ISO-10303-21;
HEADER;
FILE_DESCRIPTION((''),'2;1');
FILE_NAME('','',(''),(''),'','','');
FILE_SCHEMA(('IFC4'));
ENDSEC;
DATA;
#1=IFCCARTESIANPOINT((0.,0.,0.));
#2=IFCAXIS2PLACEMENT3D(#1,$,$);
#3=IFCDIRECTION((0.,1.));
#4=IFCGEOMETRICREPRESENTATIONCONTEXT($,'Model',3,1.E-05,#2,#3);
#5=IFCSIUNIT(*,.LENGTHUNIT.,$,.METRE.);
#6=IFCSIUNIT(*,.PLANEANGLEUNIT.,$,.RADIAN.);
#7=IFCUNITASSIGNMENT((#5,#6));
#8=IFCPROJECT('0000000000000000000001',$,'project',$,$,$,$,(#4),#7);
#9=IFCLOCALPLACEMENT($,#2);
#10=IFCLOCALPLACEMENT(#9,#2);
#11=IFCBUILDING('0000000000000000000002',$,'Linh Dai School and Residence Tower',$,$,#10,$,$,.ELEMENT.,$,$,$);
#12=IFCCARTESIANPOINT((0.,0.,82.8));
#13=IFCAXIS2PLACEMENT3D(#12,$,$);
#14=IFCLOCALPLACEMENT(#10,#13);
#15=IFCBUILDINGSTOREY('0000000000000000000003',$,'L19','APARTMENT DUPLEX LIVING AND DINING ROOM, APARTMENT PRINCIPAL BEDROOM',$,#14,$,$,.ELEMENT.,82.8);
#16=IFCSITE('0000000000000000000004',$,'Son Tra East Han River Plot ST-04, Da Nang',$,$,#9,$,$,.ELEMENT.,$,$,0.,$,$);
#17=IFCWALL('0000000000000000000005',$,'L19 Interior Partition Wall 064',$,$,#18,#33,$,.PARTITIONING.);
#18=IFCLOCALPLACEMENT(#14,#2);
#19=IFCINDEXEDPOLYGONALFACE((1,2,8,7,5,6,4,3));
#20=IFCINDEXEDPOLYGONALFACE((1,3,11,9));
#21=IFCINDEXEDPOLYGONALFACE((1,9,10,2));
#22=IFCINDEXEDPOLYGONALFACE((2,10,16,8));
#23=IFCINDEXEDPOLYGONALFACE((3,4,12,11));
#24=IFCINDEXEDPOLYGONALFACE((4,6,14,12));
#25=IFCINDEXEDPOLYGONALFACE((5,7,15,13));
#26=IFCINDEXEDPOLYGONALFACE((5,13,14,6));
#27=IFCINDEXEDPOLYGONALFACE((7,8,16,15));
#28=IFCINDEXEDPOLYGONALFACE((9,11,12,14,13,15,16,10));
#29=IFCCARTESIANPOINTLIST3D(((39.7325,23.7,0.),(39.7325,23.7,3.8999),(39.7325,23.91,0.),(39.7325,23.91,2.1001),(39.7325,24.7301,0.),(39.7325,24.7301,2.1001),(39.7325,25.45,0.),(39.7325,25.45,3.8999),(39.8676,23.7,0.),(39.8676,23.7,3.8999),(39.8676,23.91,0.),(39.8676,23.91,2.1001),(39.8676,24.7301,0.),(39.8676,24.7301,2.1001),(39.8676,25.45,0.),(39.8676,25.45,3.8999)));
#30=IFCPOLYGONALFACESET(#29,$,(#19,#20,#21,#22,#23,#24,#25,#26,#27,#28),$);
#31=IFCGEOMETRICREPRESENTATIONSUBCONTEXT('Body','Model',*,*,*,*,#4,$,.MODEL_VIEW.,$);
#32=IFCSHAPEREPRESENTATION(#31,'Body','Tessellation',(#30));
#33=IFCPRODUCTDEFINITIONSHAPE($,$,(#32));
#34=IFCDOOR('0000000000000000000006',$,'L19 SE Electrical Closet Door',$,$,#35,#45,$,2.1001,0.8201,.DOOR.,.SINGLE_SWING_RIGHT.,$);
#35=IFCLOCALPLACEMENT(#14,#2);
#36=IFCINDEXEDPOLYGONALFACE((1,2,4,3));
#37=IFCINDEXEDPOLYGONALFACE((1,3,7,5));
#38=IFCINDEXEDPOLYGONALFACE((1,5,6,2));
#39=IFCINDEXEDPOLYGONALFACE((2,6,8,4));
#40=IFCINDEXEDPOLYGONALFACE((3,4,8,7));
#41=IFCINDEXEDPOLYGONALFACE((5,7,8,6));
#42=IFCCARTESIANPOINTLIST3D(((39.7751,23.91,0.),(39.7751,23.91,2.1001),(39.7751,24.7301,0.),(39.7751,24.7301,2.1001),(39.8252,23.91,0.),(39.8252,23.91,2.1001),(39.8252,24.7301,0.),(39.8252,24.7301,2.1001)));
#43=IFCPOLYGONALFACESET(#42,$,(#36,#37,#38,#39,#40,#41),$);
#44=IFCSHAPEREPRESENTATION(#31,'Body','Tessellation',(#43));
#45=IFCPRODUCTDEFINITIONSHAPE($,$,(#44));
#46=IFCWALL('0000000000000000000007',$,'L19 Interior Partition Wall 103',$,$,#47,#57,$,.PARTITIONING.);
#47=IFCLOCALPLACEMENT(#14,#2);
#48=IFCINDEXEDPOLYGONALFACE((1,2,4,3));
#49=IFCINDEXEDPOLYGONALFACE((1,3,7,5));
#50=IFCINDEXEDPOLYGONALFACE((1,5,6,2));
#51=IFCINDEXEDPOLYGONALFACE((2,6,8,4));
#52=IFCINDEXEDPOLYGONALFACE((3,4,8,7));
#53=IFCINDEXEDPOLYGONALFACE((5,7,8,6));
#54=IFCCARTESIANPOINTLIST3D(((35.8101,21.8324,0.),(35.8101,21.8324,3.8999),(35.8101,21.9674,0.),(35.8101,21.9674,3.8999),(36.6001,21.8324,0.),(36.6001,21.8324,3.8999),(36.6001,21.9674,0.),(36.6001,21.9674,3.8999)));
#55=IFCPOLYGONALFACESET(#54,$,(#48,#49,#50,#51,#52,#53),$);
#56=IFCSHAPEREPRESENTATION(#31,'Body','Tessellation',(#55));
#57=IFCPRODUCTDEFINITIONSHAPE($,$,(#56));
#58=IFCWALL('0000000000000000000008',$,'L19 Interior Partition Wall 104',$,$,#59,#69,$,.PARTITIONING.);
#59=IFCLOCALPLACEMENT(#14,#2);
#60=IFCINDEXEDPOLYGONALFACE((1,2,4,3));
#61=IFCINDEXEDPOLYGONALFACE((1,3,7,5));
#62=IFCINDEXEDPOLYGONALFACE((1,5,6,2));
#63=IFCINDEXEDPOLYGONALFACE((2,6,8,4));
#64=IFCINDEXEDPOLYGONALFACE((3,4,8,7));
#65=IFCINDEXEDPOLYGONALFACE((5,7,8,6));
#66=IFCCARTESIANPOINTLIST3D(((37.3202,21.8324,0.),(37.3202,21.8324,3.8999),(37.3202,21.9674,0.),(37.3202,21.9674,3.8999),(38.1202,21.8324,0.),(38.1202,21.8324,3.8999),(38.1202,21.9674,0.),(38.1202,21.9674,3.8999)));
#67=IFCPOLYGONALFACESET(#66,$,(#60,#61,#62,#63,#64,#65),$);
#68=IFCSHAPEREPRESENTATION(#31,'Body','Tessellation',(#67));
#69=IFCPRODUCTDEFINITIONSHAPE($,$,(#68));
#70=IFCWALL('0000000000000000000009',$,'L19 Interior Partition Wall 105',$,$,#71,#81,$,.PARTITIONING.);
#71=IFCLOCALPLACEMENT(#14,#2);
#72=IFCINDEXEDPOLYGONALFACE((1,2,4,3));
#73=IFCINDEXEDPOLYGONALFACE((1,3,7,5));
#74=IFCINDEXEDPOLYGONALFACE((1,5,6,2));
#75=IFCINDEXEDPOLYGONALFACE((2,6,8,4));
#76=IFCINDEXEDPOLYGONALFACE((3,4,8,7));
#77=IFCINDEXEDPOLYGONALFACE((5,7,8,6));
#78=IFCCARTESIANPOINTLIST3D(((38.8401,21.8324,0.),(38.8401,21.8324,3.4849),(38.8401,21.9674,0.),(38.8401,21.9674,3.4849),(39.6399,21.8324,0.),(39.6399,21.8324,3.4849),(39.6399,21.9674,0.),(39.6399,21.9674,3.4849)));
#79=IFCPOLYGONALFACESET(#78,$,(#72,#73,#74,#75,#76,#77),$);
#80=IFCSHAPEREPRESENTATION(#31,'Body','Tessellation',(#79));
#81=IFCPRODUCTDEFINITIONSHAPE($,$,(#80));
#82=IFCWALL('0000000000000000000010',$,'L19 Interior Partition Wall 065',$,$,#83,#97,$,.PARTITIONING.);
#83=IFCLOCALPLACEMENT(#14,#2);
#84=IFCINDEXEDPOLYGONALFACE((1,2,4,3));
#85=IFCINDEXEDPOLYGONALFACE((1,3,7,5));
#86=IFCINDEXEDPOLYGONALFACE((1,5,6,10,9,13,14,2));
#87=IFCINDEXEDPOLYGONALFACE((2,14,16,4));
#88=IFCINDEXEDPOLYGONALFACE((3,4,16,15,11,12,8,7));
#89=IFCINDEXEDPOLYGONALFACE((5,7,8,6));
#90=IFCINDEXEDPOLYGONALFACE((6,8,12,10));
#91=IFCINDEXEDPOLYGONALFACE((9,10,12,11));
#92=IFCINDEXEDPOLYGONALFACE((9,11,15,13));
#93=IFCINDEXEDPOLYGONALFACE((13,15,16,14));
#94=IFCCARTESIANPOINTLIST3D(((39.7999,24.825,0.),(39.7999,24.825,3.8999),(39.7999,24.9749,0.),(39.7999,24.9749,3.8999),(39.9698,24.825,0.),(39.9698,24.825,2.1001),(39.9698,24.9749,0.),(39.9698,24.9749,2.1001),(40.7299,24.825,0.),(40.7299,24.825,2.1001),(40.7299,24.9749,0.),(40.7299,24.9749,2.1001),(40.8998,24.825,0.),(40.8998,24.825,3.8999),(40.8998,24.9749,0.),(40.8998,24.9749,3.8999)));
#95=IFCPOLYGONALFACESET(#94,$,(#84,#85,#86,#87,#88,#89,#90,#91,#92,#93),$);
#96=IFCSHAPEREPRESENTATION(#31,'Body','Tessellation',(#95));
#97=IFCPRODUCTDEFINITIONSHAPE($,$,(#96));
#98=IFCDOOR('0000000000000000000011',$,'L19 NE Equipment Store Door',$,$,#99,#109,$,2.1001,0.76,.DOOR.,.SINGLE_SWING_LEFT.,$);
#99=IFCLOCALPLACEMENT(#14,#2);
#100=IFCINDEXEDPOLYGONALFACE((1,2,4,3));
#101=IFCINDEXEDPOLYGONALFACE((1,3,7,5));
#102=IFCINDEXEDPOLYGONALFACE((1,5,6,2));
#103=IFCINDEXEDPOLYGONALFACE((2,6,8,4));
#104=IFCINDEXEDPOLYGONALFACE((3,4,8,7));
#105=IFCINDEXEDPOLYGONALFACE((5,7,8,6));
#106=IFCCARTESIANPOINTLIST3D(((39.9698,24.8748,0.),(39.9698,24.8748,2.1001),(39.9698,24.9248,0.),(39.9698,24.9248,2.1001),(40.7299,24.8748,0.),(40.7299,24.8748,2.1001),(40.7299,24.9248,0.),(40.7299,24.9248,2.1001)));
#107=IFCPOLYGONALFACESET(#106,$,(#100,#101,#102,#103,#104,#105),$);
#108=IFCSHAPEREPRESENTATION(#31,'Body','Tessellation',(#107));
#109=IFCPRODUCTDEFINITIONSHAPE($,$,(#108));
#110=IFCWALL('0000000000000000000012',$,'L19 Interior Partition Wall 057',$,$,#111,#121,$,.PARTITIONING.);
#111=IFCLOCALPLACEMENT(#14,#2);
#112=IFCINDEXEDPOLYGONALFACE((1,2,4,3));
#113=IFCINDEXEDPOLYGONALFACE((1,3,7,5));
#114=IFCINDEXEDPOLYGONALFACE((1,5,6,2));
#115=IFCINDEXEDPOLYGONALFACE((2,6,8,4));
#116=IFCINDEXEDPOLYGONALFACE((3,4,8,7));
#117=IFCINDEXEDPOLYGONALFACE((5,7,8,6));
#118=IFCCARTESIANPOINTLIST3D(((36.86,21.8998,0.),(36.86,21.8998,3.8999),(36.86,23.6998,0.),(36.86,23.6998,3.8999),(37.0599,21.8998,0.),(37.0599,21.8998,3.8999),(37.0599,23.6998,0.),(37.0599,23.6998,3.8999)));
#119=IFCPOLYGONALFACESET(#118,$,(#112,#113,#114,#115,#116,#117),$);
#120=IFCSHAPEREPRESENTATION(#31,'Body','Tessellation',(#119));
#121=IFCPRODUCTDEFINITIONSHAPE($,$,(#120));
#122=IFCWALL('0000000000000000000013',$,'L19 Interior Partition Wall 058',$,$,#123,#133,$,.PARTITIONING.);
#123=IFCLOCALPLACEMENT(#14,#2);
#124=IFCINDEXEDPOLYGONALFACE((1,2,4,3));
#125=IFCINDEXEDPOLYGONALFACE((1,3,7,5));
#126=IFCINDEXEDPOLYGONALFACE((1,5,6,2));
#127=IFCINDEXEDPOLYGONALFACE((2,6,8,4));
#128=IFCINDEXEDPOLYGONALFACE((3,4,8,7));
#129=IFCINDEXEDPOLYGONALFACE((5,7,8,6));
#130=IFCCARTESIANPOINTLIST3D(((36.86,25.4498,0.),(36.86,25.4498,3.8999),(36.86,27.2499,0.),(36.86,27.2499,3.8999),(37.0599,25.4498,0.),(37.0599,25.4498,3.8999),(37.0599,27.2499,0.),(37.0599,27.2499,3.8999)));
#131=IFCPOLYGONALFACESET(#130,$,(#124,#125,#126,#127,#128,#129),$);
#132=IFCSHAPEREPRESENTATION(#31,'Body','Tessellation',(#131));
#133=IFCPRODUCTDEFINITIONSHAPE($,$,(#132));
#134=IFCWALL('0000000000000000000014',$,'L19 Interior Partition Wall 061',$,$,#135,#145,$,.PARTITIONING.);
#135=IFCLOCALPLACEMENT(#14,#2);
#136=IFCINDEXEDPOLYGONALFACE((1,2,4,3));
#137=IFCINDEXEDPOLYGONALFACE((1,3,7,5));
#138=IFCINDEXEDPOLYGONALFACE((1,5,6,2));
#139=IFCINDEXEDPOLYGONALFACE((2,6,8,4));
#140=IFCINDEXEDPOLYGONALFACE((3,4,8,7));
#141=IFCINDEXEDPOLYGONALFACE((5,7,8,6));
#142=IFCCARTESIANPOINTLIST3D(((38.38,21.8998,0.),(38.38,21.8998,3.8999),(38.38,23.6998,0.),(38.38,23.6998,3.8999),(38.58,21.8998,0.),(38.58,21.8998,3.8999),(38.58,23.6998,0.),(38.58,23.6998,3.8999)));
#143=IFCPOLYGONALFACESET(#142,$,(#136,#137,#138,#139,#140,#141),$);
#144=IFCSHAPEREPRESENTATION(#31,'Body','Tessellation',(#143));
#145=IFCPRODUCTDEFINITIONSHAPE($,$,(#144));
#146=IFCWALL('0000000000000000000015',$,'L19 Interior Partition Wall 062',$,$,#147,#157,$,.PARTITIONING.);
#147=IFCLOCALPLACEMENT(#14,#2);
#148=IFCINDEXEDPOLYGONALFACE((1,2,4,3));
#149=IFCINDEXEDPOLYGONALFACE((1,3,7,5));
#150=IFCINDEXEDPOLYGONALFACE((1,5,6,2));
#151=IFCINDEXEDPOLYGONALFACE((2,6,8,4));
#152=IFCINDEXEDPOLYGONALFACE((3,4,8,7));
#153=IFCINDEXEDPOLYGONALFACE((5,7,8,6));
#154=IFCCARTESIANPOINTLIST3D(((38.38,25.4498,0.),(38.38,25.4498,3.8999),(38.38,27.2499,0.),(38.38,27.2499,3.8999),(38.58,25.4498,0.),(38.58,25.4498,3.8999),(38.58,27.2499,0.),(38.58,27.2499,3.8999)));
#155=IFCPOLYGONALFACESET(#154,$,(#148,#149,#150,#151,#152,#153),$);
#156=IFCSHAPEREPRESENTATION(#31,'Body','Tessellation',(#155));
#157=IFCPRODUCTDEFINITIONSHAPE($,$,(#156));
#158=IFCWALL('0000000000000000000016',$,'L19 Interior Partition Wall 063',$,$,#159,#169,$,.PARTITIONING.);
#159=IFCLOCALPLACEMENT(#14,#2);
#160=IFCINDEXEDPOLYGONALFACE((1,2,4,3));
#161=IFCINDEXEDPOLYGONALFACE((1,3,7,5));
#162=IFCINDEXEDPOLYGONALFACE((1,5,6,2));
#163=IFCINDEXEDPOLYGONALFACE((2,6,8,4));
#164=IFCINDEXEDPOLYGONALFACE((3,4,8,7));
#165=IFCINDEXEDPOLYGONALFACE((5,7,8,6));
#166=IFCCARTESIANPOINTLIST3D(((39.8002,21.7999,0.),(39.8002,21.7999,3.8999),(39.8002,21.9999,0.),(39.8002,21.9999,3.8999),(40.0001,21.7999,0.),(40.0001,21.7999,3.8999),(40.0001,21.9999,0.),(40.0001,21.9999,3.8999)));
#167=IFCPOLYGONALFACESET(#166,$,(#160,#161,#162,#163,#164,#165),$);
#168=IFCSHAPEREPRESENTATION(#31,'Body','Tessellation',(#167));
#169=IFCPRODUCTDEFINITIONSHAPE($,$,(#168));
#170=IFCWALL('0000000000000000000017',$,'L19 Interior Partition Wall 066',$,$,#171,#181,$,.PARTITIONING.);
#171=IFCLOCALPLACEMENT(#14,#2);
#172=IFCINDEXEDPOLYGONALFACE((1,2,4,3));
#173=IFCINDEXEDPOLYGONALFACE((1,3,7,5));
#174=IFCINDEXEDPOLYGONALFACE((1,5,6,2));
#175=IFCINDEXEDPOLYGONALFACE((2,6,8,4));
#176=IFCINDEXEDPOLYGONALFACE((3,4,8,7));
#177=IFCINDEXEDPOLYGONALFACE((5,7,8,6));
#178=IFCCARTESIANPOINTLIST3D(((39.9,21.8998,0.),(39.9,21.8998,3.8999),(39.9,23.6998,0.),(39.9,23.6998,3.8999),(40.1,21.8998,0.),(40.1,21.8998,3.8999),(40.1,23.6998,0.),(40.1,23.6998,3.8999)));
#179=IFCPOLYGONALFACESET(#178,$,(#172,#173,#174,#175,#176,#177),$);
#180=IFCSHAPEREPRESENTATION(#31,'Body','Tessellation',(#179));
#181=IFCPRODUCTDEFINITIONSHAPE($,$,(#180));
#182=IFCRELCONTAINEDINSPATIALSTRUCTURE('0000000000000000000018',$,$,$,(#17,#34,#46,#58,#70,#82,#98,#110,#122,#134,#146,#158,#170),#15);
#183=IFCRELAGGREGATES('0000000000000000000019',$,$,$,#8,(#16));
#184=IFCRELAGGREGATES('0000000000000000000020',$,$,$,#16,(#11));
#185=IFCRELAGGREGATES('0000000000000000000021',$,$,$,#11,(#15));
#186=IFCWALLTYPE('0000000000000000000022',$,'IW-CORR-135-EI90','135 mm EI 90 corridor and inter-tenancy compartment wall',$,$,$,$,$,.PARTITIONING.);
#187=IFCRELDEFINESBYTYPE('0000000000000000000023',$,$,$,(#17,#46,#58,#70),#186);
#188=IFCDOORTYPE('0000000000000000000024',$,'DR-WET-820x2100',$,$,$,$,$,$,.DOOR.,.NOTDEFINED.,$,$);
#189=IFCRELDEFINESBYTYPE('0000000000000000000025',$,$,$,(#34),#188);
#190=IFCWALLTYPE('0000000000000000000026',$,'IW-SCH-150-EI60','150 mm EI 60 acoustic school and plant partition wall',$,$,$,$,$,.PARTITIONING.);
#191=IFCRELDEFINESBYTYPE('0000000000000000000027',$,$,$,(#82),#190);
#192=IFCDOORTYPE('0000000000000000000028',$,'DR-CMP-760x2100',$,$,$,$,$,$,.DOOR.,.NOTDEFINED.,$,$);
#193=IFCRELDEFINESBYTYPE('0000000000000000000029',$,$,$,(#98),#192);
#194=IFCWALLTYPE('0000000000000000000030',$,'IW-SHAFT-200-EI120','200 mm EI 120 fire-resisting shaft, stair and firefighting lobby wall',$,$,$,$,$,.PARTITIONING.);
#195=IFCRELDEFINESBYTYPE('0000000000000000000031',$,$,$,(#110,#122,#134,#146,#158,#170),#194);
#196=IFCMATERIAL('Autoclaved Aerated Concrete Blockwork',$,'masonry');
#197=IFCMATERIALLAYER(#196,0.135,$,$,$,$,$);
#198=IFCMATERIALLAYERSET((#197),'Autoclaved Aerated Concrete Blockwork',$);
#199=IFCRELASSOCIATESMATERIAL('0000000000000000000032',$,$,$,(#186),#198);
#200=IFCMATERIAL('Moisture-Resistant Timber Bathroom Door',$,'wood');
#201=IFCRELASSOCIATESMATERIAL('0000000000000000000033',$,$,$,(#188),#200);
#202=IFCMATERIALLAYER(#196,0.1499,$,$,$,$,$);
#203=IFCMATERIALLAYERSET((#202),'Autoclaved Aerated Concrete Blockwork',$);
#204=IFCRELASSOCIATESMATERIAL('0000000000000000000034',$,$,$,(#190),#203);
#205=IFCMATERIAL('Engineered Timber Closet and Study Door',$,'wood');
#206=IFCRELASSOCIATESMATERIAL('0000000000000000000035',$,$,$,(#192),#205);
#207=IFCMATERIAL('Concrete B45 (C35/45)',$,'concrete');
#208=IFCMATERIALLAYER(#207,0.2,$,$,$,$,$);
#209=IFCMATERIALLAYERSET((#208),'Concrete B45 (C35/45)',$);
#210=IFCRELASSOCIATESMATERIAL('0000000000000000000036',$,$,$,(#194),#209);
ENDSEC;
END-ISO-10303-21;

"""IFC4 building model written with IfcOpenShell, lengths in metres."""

from ifc_helpers import new_model, si_unit, direction, frame, frame_2d, origin, origin_2d, place, context, subcontext, project, spatial, rectangle, extrude, source, transform, mapped, material, layer, layer_set, type_object, element, fill, save


model = new_model("IFC4")

# Units and contexts
model_context = context("Model", 3, precision=1e-05, world=origin(), true_north=direction((0.0, 1.0)))
body_context = subcontext(model_context, "Body", "Model", "MODEL_VIEW")
ifc_project = project(units=[si_unit("LENGTHUNIT", "METRE"), si_unit("PLANEANGLEUNIT", "RADIAN")], contexts=[model_context])

# Site, building, storey
site_placement = place(None, origin())
site = spatial("IfcSite", under=ifc_project, at=site_placement, Name="Son Tra East Han River Plot ST-04, Da Nang", CompositionType="ELEMENT", RefElevation=0.0)
building_placement = place(site_placement, origin())
building = spatial("IfcBuilding", under=site, at=building_placement, Name="Linh Dai School and Residence Tower", CompositionType="ELEMENT")
storey_placement = place(building_placement, frame((0.0, 0.0, 82.8)))
storey = spatial("IfcBuildingStorey", under=building, at=storey_placement, Name="L19", Description="APARTMENT DUPLEX LIVING AND DINING ROOM, APARTMENT PRINCIPAL BEDROOM", CompositionType="ELEMENT", Elevation=82.8)

# Wall, opening, door
ifc_material_1 = material(Name="Autoclaved Aerated Concrete Blockwork", Category="masonry")
ifc_layer_1 = layer(ifc_material_1, 0.135)
ifc_layer_set_1 = layer_set([ifc_layer_1], Name="Autoclaved Aerated Concrete Blockwork")
wall_type_1 = type_object("IfcWallType", Name="IW-CORR-135-EI90", Description="135 mm EI 90 corridor and inter-tenancy compartment wall", PredefinedType="PARTITIONING", material=ifc_layer_set_1)
wall_1_placement = place(storey_placement, frame((39.8, 23.7, 0.0), z_axis=(0.0, 0.0, 1.0), x_axis=(0.0, 1.0, 0.0)))
wall_1 = element("IfcWall", 1, at=wall_1_placement, inside=storey, type_object=wall_type_1, Name="L19 Interior Partition Wall 064", PredefinedType="PARTITIONING", context=body_context, shape_type="SweptSolid", body=[
    extrude(rectangle(XDim=1.75, YDim=0.135, at=frame_2d((0.875, 0.0))), origin(), (0.0, 0.0, 1.0), 3.8999),
])
opening_1_placement = place(wall_1_placement, frame((0.21, 0.0, 0.0)))
opening_1 = element("IfcOpeningElement", 2, at=opening_1_placement, cuts=wall_1, PredefinedType="OPENING", context=body_context, shape_type="SweptSolid", body=[
    extrude(rectangle(XDim=0.8201, YDim=2.1001, at=origin_2d()), frame((0.4102, 0.0776, 1.05), z_axis=(0.0, -1.0, 0.0), x_axis=(1.0, 0.0, 0.0)), (0.0, 0.0, 1.0), 0.155),
])
ifc_material_2 = material(Name="Moisture-Resistant Timber Bathroom Door", Category="wood")
door_type_1 = type_object("IfcDoorType", Name="DR-WET-820x2100", OperationType="NOTDEFINED", PredefinedType="DOOR", material=ifc_material_2)
shared_shape_1 = source(origin(), body_context, "Body", "SweptSolid", [
    extrude(rectangle(XDim=0.8201, YDim=2.1001, at=origin_2d()), frame((0.4102, 0.0249, 1.05), z_axis=(0.0, -1.0, 0.0), x_axis=(1.0, 0.0, 0.0)), (0.0, 0.0, 1.0), 0.05),
])
door_1_placement = place(opening_1_placement, origin())
door_1 = element("IfcDoor", 3, at=door_1_placement, inside=storey, type_object=door_type_1, Name="L19 SE Electrical Closet Door", OperationType="SINGLE_SWING_RIGHT", OverallHeight=2.1001, OverallWidth=0.8201, PredefinedType="DOOR", context=body_context, shape_type="MappedRepresentation", body=[
    mapped(shared_shape_1, transform((0.0, 0.0, 0.0), x_axis=(1.0, 0.0, 0.0), y_axis=(0.0, 1.0, 0.0), z_axis=(0.0, 0.0, 1.0), scale=1.0)),
])
fill(opening_1, door_1)

# Walls
wall_2_placement = place(storey_placement, frame((36.6001, 21.8999, 0.0), z_axis=(0.0, 0.0, 1.0), x_axis=(-1.0, 0.0, 0.0)))
element("IfcWall", 4, at=wall_2_placement, inside=storey, type_object=wall_type_1, Name="L19 Interior Partition Wall 103", PredefinedType="PARTITIONING", context=body_context, shape_type="SweptSolid", body=[
    extrude(rectangle(XDim=0.79, YDim=0.135, at=frame_2d((0.395, 0.0))), origin(), (0.0, 0.0, 1.0), 3.8999),
])
wall_3_placement = place(storey_placement, frame((38.1201, 21.8999, 0.0), z_axis=(0.0, 0.0, 1.0), x_axis=(-1.0, 0.0, 0.0)))
element("IfcWall", 5, at=wall_3_placement, inside=storey, type_object=wall_type_1, Name="L19 Interior Partition Wall 104", PredefinedType="PARTITIONING", context=body_context, shape_type="SweptSolid", body=[
    extrude(rectangle(XDim=0.8, YDim=0.135, at=frame_2d((0.3999, 0.0))), origin(), (0.0, 0.0, 1.0), 3.8999),
])
wall_4_placement = place(storey_placement, frame((39.6399, 21.8999, 0.0), z_axis=(0.0, 0.0, 1.0), x_axis=(-1.0, 0.0, 0.0)))
element("IfcWall", 6, at=wall_4_placement, inside=storey, type_object=wall_type_1, Name="L19 Interior Partition Wall 105", PredefinedType="PARTITIONING", context=body_context, shape_type="SweptSolid", body=[
    extrude(rectangle(XDim=0.7998, YDim=0.135, at=frame_2d((0.3999, 0.0))), origin(), (0.0, 0.0, 1.0), 3.4849),
])

# Wall, opening, door
ifc_layer_2 = layer(ifc_material_1, 0.1499)
ifc_layer_set_2 = layer_set([ifc_layer_2], Name="Autoclaved Aerated Concrete Blockwork")
wall_type_2 = type_object("IfcWallType", Name="IW-SCH-150-EI60", Description="150 mm EI 60 acoustic school and plant partition wall", PredefinedType="PARTITIONING", material=ifc_layer_set_2)
wall_5_placement = place(storey_placement, frame((39.8, 24.8999, 0.0), z_axis=(0.0, 0.0, 1.0), x_axis=(1.0, 0.0, 0.0)))
wall_5 = element("IfcWall", 7, at=wall_5_placement, inside=storey, type_object=wall_type_2, Name="L19 Interior Partition Wall 065", PredefinedType="PARTITIONING", context=body_context, shape_type="SweptSolid", body=[
    extrude(rectangle(XDim=1.0999, YDim=0.1499, at=frame_2d((0.5498, 0.0))), origin(), (0.0, 0.0, 1.0), 3.8999),
])
opening_2_placement = place(wall_5_placement, frame((0.1699, 0.0, 0.0)))
opening_2 = element("IfcOpeningElement", 8, at=opening_2_placement, cuts=wall_5, PredefinedType="OPENING", context=body_context, shape_type="SweptSolid", body=[
    extrude(rectangle(XDim=0.76, YDim=2.1001, at=origin_2d()), frame((0.3799, 0.085, 1.05), z_axis=(0.0, -1.0, 0.0), x_axis=(1.0, 0.0, 0.0)), (0.0, 0.0, 1.0), 0.1699),
])
ifc_material_3 = material(Name="Engineered Timber Closet and Study Door", Category="wood")
door_type_2 = type_object("IfcDoorType", Name="DR-CMP-760x2100", OperationType="NOTDEFINED", PredefinedType="DOOR", material=ifc_material_3)
shared_shape_2 = source(origin(), body_context, "Body", "SweptSolid", [
    extrude(rectangle(XDim=0.76, YDim=2.1001, at=origin_2d()), frame((0.3799, 0.0249, 1.05), z_axis=(0.0, -1.0, 0.0), x_axis=(1.0, 0.0, 0.0)), (0.0, 0.0, 1.0), 0.05),
])
door_2_placement = place(opening_2_placement, origin())
door_2 = element("IfcDoor", 9, at=door_2_placement, inside=storey, type_object=door_type_2, Name="L19 NE Equipment Store Door", OperationType="SINGLE_SWING_LEFT", OverallHeight=2.1001, OverallWidth=0.76, PredefinedType="DOOR", context=body_context, shape_type="MappedRepresentation", body=[
    mapped(shared_shape_2, transform((0.0, 0.0, 0.0), x_axis=(1.0, 0.0, 0.0), y_axis=(0.0, 1.0, 0.0), z_axis=(0.0, 0.0, 1.0), scale=1.0)),
])
fill(opening_2, door_2)

# Walls
ifc_material_4 = material(Name="Concrete B45 (C35/45)", Category="concrete")
ifc_layer_3 = layer(ifc_material_4, 0.2)
ifc_layer_set_3 = layer_set([ifc_layer_3], Name="Concrete B45 (C35/45)")
wall_type_3 = type_object("IfcWallType", Name="IW-SHAFT-200-EI120", Description="200 mm EI 120 fire-resisting shaft, stair and firefighting lobby wall", PredefinedType="PARTITIONING", material=ifc_layer_set_3)
for number, where, z_axis, x_axis, name in (
    (10, (36.96, 21.8999, 0.0), (0.0, 0.0, 1.0), (0.0, 1.0, 0.0), "L19 Interior Partition Wall 057"),
    (11, (36.96, 25.45, 0.0), (0.0, 0.0, 1.0), (0.0, 1.0, 0.0), "L19 Interior Partition Wall 058"),
    (12, (38.48, 21.8999, 0.0), (0.0, 0.0, 1.0), (0.0, 1.0, 0.0), "L19 Interior Partition Wall 061"),
    (13, (38.48, 25.45, 0.0), (0.0, 0.0, 1.0), (0.0, 1.0, 0.0), "L19 Interior Partition Wall 062"),
):
    element("IfcWall", number, at=place(storey_placement, frame(where, z_axis=z_axis, x_axis=x_axis)), inside=storey, type_object=wall_type_3, Name=name, PredefinedType="PARTITIONING", context=body_context, shape_type="SweptSolid", body=[
        extrude(rectangle(XDim=1.8, YDim=0.2, at=frame_2d((0.8999, 0.0))), origin(), (0.0, 0.0, 1.0), 3.8999),
    ])
wall_6_placement = place(storey_placement, frame((39.8, 21.8999, 0.0), z_axis=(0.0, 0.0, 1.0), x_axis=(1.0, 0.0, 0.0)))
element("IfcWall", 14, at=wall_6_placement, inside=storey, type_object=wall_type_3, Name="L19 Interior Partition Wall 063", PredefinedType="PARTITIONING", context=body_context, shape_type="SweptSolid", body=[
    extrude(rectangle(XDim=0.2, YDim=0.2, at=frame_2d((0.1001, 0.0))), origin(), (0.0, 0.0, 1.0), 3.8999),
])
wall_7_placement = place(storey_placement, frame((40.0, 21.8999, 0.0), z_axis=(0.0, 0.0, 1.0), x_axis=(0.0, 1.0, 0.0)))
element("IfcWall", 15, at=wall_7_placement, inside=storey, type_object=wall_type_3, Name="L19 Interior Partition Wall 066", PredefinedType="PARTITIONING", context=body_context, shape_type="SweptSolid", body=[
    extrude(rectangle(XDim=1.8, YDim=0.2, at=frame_2d((0.8999, 0.0))), origin(), (0.0, 0.0, 1.0), 3.8999),
])

save(model, "model.ifc")
